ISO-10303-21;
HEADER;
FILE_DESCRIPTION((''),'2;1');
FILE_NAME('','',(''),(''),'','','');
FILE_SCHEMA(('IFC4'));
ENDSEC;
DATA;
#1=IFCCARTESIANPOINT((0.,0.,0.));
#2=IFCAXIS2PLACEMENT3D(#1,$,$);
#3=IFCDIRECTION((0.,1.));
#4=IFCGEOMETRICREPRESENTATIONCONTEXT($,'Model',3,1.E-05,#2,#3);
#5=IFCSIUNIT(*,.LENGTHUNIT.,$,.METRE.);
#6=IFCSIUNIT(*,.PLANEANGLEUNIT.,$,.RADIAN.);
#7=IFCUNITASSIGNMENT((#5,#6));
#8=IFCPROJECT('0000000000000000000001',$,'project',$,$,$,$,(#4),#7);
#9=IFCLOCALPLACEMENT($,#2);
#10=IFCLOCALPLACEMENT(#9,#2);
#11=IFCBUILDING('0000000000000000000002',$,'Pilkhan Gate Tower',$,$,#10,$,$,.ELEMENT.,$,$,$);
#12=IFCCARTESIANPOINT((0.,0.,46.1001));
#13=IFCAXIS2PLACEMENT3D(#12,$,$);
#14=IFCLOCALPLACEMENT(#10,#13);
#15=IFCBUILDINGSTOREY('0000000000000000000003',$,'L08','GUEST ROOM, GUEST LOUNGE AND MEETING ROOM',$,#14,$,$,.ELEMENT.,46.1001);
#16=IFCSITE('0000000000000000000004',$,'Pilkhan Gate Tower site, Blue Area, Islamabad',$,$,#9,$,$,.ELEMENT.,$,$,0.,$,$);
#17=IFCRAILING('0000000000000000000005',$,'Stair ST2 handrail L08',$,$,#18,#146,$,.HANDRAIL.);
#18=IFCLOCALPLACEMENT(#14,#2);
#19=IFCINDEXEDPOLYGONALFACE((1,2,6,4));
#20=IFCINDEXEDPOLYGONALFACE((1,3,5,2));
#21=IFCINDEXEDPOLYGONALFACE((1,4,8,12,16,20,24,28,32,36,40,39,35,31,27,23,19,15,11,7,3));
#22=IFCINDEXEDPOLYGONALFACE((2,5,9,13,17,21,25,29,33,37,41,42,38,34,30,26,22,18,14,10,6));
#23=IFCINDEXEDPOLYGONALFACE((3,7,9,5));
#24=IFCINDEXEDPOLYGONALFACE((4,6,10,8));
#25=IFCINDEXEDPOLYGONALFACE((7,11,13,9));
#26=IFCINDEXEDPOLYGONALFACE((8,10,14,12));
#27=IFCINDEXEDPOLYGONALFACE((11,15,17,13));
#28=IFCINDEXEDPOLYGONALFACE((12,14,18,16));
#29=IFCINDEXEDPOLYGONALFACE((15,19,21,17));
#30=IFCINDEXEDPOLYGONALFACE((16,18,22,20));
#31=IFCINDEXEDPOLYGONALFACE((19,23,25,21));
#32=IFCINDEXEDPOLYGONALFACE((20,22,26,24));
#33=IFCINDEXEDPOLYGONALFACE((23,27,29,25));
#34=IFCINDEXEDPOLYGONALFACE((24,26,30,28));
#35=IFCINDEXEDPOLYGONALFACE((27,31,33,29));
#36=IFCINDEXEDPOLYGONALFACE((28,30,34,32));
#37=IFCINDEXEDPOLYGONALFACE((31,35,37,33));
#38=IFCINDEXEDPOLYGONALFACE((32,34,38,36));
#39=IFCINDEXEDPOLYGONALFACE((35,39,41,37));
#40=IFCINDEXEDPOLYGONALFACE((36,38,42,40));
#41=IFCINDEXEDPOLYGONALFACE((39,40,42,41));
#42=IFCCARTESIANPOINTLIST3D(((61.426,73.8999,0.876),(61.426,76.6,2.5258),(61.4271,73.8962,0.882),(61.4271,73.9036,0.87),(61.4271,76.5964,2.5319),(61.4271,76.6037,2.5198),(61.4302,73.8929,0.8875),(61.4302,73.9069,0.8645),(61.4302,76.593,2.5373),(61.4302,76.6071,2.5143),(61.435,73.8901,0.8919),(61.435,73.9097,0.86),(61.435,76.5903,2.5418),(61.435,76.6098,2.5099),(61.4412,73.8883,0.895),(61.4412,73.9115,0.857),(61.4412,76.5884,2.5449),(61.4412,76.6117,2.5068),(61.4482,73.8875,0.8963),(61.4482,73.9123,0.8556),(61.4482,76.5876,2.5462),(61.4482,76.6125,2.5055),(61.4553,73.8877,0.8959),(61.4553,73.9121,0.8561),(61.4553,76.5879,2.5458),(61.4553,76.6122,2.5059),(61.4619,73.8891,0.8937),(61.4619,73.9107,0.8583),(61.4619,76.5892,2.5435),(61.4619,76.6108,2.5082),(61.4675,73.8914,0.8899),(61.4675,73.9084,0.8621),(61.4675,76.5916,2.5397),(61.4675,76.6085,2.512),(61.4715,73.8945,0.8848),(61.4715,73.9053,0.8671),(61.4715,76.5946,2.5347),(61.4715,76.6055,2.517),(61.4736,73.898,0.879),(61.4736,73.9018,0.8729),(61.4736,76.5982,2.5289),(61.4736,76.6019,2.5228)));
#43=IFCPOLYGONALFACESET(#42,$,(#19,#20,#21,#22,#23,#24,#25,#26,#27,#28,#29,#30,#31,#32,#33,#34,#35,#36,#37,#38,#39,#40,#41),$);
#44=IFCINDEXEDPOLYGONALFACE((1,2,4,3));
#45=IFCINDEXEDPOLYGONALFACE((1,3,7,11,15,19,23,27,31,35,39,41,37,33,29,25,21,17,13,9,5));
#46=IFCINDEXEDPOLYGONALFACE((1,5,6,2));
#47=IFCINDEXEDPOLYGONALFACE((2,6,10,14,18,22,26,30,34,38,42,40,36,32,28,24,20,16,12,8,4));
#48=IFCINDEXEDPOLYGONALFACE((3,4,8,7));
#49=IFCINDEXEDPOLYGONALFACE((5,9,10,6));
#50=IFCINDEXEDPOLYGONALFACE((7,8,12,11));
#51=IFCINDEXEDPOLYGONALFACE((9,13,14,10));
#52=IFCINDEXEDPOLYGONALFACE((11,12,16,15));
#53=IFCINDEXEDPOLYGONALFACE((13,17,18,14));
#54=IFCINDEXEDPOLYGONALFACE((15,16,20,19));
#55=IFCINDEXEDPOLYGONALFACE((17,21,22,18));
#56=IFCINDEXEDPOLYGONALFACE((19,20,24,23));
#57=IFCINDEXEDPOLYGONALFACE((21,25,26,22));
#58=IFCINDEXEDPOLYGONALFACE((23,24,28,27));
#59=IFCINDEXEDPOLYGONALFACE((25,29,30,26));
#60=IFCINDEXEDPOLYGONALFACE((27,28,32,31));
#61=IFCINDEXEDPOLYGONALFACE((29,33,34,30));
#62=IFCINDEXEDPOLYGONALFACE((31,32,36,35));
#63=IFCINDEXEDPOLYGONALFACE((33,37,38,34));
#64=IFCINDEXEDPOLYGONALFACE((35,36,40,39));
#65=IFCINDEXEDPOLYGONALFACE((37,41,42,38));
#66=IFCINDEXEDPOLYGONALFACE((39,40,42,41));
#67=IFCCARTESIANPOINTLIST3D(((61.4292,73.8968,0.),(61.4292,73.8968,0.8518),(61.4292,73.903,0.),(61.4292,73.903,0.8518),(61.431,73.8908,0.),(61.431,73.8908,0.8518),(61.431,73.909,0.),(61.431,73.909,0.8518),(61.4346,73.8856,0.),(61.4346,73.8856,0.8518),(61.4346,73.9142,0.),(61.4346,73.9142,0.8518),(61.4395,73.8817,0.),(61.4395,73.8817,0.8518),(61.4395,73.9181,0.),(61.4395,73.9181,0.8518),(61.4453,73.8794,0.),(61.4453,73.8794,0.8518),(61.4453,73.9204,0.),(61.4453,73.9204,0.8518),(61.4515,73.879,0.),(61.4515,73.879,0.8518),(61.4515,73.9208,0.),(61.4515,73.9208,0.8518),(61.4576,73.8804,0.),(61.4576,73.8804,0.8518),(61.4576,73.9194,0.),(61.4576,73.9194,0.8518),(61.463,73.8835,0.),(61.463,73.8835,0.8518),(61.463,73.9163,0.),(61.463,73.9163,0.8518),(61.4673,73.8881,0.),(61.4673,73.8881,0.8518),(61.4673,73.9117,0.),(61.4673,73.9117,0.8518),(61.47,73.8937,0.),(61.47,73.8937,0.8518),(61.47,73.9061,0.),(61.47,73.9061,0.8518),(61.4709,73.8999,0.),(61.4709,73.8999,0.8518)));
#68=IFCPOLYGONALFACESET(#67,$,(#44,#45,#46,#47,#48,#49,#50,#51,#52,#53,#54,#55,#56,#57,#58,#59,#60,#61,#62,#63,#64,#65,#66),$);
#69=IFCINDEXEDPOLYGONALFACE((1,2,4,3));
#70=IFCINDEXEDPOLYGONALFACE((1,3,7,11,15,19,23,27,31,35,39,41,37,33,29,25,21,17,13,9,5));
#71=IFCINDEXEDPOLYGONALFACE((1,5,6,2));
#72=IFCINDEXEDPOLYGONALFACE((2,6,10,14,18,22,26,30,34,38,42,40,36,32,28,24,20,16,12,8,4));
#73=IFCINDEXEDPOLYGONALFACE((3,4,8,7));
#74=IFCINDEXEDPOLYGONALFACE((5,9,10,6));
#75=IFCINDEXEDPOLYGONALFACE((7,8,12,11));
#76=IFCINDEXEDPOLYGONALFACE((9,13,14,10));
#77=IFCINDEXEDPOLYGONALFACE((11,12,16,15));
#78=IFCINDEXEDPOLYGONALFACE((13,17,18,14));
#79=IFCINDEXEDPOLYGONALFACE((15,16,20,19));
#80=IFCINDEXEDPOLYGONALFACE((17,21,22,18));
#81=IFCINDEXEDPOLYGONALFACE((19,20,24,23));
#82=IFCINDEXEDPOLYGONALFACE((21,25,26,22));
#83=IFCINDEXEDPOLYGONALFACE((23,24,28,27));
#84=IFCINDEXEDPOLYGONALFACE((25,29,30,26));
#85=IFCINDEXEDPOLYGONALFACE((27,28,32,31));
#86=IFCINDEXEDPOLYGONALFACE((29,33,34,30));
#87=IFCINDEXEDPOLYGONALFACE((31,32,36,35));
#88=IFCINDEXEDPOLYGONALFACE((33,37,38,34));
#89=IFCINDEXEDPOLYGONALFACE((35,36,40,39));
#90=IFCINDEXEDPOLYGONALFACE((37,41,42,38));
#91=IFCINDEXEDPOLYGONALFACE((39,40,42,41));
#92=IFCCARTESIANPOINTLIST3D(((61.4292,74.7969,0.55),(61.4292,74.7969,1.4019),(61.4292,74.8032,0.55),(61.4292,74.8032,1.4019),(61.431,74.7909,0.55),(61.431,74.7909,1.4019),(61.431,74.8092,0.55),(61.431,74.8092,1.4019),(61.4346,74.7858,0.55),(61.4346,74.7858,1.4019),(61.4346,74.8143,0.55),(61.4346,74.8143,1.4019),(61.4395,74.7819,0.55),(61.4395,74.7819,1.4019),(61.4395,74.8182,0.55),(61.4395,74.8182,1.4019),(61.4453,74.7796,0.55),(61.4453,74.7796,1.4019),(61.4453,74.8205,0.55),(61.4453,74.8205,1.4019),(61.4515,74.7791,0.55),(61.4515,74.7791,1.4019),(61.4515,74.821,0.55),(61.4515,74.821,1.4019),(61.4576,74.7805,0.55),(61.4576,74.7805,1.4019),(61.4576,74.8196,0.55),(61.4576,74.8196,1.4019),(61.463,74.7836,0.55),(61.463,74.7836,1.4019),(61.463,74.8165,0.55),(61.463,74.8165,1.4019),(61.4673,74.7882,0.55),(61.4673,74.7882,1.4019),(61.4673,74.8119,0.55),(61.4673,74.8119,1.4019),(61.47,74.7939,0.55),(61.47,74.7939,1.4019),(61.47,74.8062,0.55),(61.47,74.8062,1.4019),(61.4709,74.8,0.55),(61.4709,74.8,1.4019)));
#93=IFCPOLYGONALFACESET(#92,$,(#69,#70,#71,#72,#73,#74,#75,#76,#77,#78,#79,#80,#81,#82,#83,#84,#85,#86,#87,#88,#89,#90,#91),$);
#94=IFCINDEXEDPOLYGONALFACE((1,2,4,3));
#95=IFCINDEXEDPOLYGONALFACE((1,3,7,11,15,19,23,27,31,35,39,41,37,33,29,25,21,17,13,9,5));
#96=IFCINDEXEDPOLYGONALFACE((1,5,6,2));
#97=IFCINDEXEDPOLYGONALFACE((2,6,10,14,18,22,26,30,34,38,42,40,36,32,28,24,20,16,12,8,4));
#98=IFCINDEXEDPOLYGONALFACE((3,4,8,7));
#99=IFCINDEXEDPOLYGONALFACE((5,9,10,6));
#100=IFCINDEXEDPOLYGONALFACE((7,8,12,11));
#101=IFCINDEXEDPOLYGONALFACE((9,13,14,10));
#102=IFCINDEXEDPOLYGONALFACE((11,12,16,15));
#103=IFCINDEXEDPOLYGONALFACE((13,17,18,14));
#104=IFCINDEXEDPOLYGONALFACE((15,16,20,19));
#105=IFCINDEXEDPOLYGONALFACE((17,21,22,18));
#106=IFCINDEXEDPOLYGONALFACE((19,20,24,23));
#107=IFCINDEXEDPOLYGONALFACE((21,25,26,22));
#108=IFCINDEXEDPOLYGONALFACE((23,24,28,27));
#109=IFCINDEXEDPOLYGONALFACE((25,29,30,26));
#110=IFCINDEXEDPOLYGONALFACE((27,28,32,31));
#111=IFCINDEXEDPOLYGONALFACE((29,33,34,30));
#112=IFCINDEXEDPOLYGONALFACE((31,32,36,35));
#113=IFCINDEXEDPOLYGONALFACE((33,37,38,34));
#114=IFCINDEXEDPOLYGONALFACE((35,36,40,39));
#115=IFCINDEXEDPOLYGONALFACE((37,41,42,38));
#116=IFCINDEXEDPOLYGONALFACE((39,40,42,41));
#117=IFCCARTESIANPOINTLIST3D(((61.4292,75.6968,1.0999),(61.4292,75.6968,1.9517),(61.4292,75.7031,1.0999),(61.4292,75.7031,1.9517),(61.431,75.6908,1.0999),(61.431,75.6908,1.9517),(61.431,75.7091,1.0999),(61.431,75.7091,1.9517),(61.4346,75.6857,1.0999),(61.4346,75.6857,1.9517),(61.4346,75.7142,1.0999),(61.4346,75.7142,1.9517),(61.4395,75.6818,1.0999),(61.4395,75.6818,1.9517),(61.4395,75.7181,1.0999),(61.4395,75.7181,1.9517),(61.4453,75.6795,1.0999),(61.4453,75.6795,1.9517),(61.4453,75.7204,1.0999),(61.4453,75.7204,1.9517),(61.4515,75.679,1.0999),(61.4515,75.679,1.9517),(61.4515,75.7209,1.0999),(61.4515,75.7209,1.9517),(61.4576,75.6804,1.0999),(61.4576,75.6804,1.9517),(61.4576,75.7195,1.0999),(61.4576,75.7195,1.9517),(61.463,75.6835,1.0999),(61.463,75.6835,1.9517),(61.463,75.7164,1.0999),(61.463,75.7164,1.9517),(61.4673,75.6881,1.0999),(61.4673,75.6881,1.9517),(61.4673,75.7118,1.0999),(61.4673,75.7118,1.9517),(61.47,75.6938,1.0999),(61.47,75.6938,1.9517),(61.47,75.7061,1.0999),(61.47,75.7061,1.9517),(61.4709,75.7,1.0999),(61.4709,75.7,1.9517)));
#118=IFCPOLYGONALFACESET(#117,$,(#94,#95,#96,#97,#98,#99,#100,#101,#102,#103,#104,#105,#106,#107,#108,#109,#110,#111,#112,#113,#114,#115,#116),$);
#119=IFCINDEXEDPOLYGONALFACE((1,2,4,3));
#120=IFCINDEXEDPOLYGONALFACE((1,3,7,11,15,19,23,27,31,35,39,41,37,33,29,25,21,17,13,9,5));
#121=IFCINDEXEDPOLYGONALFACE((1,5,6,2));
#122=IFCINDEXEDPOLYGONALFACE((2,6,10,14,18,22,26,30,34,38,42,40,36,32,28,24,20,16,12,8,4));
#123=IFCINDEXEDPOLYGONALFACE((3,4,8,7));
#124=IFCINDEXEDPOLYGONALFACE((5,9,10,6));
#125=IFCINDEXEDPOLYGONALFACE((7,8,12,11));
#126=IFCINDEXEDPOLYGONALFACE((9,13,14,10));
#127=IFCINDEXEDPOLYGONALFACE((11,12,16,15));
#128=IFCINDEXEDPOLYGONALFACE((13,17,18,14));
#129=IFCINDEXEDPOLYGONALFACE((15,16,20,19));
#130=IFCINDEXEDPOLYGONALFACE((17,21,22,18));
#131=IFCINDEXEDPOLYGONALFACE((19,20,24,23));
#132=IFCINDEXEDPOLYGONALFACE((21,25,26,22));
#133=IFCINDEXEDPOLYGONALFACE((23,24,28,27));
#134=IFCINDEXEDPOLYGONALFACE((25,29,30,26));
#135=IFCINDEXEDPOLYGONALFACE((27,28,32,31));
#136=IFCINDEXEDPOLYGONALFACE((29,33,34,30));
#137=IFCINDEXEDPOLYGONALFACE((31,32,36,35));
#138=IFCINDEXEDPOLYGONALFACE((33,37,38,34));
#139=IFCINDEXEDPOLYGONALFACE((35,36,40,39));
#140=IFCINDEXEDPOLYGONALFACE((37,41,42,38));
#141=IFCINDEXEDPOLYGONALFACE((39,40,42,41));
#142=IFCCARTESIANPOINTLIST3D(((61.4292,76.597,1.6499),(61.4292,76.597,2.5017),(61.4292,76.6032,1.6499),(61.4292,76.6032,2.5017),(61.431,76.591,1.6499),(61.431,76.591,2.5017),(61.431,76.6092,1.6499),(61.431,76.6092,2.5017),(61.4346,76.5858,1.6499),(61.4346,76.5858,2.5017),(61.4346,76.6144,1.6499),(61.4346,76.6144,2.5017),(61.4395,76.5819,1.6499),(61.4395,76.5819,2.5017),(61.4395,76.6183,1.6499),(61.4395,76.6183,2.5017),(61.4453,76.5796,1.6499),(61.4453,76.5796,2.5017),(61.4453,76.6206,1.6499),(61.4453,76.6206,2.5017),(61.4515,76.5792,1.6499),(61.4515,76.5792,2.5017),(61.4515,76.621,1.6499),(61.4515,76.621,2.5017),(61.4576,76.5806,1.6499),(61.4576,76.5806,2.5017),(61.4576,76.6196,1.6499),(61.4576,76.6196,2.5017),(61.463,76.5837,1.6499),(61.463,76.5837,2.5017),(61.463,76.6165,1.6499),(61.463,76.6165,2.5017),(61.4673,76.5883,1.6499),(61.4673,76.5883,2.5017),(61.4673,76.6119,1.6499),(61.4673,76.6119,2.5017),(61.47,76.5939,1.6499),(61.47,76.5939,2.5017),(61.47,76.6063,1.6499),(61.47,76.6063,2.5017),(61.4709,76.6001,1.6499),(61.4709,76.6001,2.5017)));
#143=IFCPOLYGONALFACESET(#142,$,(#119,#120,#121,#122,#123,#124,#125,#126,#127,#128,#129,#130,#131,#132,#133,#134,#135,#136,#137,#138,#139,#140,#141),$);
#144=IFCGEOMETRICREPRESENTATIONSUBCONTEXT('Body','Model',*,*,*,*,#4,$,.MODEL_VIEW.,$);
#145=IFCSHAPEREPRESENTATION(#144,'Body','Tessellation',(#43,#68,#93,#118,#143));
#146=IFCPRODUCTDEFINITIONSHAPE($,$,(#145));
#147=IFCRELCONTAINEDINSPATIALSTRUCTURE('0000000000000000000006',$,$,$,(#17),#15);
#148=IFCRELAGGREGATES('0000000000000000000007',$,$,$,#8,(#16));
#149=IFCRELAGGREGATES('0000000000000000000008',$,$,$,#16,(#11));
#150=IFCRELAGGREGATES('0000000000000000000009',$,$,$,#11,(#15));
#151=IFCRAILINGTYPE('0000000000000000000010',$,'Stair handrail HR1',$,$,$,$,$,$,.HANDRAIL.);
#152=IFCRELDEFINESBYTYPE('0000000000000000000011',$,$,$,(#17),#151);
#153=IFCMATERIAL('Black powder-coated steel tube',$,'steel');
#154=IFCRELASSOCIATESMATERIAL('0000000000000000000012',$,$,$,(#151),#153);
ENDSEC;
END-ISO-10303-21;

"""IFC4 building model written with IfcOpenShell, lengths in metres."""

from ifc_helpers import new_model, si_unit, direction, frame, origin, origin_2d, place, context, subcontext, project, spatial, circle, extrude, material, type_object, element, save


model = new_model("IFC4")

# Units and contexts
model_context = context("Model", 3, precision=1e-05, world=origin(), true_north=direction((0.0, 1.0)))
body_context = subcontext(model_context, "Body", "Model", "MODEL_VIEW")
ifc_project = project(units=[si_unit("LENGTHUNIT", "METRE"), si_unit("PLANEANGLEUNIT", "RADIAN")], contexts=[model_context])

# Site, building, storey
site_placement = place(None, origin())
site = spatial("IfcSite", under=ifc_project, at=site_placement, Name="Pilkhan Gate Tower site, Blue Area, Islamabad", CompositionType="ELEMENT", RefElevation=0.0)
building_placement = place(site_placement, origin())
building = spatial("IfcBuilding", under=site, at=building_placement, Name="Pilkhan Gate Tower", CompositionType="ELEMENT")
storey_placement = place(building_placement, frame((0.0, 0.0, 46.1001)))
storey = spatial("IfcBuildingStorey", under=building, at=storey_placement, Name="L08", Description="GUEST ROOM, GUEST LOUNGE AND MEETING ROOM", CompositionType="ELEMENT", Elevation=46.1001)

# Railing
ifc_material_1 = material(Name="Black powder-coated steel tube", Category="steel")
railing_type_1 = type_object("IfcRailingType", Name="Stair handrail HR1", PredefinedType="HANDRAIL", material=ifc_material_1)
railing_1_placement = place(storey_placement, frame((61.45, 73.8999, 0.0)))
element("IfcRailing", 1, at=railing_1_placement, inside=storey, type_object=railing_type_1, Name="Stair ST2 handrail L08", PredefinedType="HANDRAIL", context=body_context, shape_type="SweptSolid", body=[
    extrude(circle(Radius=0.0239, at=origin_2d()), frame((0.0, 0.0, 0.876), z_axis=(0.0, 0.853312, 0.5214), x_axis=(-1.0, 0.0, 0.0)), (0.0, 0.0, 1.0), 3.1643),
    extrude(circle(Radius=0.021, at=origin_2d()), origin(), (0.0, 0.0, 1.0), 0.8518),
    extrude(circle(Radius=0.021, at=origin_2d()), frame((0.0, 0.9001, 0.55)), (0.0, 0.0, 1.0), 0.8518),
    extrude(circle(Radius=0.021, at=origin_2d()), frame((0.0, 1.8, 1.0999)), (0.0, 0.0, 1.0), 0.8518),
    extrude(circle(Radius=0.021, at=origin_2d()), frame((0.0, 2.7002, 1.6499)), (0.0, 0.0, 1.0), 0.8518),
])

save(model, "model.ifc")
